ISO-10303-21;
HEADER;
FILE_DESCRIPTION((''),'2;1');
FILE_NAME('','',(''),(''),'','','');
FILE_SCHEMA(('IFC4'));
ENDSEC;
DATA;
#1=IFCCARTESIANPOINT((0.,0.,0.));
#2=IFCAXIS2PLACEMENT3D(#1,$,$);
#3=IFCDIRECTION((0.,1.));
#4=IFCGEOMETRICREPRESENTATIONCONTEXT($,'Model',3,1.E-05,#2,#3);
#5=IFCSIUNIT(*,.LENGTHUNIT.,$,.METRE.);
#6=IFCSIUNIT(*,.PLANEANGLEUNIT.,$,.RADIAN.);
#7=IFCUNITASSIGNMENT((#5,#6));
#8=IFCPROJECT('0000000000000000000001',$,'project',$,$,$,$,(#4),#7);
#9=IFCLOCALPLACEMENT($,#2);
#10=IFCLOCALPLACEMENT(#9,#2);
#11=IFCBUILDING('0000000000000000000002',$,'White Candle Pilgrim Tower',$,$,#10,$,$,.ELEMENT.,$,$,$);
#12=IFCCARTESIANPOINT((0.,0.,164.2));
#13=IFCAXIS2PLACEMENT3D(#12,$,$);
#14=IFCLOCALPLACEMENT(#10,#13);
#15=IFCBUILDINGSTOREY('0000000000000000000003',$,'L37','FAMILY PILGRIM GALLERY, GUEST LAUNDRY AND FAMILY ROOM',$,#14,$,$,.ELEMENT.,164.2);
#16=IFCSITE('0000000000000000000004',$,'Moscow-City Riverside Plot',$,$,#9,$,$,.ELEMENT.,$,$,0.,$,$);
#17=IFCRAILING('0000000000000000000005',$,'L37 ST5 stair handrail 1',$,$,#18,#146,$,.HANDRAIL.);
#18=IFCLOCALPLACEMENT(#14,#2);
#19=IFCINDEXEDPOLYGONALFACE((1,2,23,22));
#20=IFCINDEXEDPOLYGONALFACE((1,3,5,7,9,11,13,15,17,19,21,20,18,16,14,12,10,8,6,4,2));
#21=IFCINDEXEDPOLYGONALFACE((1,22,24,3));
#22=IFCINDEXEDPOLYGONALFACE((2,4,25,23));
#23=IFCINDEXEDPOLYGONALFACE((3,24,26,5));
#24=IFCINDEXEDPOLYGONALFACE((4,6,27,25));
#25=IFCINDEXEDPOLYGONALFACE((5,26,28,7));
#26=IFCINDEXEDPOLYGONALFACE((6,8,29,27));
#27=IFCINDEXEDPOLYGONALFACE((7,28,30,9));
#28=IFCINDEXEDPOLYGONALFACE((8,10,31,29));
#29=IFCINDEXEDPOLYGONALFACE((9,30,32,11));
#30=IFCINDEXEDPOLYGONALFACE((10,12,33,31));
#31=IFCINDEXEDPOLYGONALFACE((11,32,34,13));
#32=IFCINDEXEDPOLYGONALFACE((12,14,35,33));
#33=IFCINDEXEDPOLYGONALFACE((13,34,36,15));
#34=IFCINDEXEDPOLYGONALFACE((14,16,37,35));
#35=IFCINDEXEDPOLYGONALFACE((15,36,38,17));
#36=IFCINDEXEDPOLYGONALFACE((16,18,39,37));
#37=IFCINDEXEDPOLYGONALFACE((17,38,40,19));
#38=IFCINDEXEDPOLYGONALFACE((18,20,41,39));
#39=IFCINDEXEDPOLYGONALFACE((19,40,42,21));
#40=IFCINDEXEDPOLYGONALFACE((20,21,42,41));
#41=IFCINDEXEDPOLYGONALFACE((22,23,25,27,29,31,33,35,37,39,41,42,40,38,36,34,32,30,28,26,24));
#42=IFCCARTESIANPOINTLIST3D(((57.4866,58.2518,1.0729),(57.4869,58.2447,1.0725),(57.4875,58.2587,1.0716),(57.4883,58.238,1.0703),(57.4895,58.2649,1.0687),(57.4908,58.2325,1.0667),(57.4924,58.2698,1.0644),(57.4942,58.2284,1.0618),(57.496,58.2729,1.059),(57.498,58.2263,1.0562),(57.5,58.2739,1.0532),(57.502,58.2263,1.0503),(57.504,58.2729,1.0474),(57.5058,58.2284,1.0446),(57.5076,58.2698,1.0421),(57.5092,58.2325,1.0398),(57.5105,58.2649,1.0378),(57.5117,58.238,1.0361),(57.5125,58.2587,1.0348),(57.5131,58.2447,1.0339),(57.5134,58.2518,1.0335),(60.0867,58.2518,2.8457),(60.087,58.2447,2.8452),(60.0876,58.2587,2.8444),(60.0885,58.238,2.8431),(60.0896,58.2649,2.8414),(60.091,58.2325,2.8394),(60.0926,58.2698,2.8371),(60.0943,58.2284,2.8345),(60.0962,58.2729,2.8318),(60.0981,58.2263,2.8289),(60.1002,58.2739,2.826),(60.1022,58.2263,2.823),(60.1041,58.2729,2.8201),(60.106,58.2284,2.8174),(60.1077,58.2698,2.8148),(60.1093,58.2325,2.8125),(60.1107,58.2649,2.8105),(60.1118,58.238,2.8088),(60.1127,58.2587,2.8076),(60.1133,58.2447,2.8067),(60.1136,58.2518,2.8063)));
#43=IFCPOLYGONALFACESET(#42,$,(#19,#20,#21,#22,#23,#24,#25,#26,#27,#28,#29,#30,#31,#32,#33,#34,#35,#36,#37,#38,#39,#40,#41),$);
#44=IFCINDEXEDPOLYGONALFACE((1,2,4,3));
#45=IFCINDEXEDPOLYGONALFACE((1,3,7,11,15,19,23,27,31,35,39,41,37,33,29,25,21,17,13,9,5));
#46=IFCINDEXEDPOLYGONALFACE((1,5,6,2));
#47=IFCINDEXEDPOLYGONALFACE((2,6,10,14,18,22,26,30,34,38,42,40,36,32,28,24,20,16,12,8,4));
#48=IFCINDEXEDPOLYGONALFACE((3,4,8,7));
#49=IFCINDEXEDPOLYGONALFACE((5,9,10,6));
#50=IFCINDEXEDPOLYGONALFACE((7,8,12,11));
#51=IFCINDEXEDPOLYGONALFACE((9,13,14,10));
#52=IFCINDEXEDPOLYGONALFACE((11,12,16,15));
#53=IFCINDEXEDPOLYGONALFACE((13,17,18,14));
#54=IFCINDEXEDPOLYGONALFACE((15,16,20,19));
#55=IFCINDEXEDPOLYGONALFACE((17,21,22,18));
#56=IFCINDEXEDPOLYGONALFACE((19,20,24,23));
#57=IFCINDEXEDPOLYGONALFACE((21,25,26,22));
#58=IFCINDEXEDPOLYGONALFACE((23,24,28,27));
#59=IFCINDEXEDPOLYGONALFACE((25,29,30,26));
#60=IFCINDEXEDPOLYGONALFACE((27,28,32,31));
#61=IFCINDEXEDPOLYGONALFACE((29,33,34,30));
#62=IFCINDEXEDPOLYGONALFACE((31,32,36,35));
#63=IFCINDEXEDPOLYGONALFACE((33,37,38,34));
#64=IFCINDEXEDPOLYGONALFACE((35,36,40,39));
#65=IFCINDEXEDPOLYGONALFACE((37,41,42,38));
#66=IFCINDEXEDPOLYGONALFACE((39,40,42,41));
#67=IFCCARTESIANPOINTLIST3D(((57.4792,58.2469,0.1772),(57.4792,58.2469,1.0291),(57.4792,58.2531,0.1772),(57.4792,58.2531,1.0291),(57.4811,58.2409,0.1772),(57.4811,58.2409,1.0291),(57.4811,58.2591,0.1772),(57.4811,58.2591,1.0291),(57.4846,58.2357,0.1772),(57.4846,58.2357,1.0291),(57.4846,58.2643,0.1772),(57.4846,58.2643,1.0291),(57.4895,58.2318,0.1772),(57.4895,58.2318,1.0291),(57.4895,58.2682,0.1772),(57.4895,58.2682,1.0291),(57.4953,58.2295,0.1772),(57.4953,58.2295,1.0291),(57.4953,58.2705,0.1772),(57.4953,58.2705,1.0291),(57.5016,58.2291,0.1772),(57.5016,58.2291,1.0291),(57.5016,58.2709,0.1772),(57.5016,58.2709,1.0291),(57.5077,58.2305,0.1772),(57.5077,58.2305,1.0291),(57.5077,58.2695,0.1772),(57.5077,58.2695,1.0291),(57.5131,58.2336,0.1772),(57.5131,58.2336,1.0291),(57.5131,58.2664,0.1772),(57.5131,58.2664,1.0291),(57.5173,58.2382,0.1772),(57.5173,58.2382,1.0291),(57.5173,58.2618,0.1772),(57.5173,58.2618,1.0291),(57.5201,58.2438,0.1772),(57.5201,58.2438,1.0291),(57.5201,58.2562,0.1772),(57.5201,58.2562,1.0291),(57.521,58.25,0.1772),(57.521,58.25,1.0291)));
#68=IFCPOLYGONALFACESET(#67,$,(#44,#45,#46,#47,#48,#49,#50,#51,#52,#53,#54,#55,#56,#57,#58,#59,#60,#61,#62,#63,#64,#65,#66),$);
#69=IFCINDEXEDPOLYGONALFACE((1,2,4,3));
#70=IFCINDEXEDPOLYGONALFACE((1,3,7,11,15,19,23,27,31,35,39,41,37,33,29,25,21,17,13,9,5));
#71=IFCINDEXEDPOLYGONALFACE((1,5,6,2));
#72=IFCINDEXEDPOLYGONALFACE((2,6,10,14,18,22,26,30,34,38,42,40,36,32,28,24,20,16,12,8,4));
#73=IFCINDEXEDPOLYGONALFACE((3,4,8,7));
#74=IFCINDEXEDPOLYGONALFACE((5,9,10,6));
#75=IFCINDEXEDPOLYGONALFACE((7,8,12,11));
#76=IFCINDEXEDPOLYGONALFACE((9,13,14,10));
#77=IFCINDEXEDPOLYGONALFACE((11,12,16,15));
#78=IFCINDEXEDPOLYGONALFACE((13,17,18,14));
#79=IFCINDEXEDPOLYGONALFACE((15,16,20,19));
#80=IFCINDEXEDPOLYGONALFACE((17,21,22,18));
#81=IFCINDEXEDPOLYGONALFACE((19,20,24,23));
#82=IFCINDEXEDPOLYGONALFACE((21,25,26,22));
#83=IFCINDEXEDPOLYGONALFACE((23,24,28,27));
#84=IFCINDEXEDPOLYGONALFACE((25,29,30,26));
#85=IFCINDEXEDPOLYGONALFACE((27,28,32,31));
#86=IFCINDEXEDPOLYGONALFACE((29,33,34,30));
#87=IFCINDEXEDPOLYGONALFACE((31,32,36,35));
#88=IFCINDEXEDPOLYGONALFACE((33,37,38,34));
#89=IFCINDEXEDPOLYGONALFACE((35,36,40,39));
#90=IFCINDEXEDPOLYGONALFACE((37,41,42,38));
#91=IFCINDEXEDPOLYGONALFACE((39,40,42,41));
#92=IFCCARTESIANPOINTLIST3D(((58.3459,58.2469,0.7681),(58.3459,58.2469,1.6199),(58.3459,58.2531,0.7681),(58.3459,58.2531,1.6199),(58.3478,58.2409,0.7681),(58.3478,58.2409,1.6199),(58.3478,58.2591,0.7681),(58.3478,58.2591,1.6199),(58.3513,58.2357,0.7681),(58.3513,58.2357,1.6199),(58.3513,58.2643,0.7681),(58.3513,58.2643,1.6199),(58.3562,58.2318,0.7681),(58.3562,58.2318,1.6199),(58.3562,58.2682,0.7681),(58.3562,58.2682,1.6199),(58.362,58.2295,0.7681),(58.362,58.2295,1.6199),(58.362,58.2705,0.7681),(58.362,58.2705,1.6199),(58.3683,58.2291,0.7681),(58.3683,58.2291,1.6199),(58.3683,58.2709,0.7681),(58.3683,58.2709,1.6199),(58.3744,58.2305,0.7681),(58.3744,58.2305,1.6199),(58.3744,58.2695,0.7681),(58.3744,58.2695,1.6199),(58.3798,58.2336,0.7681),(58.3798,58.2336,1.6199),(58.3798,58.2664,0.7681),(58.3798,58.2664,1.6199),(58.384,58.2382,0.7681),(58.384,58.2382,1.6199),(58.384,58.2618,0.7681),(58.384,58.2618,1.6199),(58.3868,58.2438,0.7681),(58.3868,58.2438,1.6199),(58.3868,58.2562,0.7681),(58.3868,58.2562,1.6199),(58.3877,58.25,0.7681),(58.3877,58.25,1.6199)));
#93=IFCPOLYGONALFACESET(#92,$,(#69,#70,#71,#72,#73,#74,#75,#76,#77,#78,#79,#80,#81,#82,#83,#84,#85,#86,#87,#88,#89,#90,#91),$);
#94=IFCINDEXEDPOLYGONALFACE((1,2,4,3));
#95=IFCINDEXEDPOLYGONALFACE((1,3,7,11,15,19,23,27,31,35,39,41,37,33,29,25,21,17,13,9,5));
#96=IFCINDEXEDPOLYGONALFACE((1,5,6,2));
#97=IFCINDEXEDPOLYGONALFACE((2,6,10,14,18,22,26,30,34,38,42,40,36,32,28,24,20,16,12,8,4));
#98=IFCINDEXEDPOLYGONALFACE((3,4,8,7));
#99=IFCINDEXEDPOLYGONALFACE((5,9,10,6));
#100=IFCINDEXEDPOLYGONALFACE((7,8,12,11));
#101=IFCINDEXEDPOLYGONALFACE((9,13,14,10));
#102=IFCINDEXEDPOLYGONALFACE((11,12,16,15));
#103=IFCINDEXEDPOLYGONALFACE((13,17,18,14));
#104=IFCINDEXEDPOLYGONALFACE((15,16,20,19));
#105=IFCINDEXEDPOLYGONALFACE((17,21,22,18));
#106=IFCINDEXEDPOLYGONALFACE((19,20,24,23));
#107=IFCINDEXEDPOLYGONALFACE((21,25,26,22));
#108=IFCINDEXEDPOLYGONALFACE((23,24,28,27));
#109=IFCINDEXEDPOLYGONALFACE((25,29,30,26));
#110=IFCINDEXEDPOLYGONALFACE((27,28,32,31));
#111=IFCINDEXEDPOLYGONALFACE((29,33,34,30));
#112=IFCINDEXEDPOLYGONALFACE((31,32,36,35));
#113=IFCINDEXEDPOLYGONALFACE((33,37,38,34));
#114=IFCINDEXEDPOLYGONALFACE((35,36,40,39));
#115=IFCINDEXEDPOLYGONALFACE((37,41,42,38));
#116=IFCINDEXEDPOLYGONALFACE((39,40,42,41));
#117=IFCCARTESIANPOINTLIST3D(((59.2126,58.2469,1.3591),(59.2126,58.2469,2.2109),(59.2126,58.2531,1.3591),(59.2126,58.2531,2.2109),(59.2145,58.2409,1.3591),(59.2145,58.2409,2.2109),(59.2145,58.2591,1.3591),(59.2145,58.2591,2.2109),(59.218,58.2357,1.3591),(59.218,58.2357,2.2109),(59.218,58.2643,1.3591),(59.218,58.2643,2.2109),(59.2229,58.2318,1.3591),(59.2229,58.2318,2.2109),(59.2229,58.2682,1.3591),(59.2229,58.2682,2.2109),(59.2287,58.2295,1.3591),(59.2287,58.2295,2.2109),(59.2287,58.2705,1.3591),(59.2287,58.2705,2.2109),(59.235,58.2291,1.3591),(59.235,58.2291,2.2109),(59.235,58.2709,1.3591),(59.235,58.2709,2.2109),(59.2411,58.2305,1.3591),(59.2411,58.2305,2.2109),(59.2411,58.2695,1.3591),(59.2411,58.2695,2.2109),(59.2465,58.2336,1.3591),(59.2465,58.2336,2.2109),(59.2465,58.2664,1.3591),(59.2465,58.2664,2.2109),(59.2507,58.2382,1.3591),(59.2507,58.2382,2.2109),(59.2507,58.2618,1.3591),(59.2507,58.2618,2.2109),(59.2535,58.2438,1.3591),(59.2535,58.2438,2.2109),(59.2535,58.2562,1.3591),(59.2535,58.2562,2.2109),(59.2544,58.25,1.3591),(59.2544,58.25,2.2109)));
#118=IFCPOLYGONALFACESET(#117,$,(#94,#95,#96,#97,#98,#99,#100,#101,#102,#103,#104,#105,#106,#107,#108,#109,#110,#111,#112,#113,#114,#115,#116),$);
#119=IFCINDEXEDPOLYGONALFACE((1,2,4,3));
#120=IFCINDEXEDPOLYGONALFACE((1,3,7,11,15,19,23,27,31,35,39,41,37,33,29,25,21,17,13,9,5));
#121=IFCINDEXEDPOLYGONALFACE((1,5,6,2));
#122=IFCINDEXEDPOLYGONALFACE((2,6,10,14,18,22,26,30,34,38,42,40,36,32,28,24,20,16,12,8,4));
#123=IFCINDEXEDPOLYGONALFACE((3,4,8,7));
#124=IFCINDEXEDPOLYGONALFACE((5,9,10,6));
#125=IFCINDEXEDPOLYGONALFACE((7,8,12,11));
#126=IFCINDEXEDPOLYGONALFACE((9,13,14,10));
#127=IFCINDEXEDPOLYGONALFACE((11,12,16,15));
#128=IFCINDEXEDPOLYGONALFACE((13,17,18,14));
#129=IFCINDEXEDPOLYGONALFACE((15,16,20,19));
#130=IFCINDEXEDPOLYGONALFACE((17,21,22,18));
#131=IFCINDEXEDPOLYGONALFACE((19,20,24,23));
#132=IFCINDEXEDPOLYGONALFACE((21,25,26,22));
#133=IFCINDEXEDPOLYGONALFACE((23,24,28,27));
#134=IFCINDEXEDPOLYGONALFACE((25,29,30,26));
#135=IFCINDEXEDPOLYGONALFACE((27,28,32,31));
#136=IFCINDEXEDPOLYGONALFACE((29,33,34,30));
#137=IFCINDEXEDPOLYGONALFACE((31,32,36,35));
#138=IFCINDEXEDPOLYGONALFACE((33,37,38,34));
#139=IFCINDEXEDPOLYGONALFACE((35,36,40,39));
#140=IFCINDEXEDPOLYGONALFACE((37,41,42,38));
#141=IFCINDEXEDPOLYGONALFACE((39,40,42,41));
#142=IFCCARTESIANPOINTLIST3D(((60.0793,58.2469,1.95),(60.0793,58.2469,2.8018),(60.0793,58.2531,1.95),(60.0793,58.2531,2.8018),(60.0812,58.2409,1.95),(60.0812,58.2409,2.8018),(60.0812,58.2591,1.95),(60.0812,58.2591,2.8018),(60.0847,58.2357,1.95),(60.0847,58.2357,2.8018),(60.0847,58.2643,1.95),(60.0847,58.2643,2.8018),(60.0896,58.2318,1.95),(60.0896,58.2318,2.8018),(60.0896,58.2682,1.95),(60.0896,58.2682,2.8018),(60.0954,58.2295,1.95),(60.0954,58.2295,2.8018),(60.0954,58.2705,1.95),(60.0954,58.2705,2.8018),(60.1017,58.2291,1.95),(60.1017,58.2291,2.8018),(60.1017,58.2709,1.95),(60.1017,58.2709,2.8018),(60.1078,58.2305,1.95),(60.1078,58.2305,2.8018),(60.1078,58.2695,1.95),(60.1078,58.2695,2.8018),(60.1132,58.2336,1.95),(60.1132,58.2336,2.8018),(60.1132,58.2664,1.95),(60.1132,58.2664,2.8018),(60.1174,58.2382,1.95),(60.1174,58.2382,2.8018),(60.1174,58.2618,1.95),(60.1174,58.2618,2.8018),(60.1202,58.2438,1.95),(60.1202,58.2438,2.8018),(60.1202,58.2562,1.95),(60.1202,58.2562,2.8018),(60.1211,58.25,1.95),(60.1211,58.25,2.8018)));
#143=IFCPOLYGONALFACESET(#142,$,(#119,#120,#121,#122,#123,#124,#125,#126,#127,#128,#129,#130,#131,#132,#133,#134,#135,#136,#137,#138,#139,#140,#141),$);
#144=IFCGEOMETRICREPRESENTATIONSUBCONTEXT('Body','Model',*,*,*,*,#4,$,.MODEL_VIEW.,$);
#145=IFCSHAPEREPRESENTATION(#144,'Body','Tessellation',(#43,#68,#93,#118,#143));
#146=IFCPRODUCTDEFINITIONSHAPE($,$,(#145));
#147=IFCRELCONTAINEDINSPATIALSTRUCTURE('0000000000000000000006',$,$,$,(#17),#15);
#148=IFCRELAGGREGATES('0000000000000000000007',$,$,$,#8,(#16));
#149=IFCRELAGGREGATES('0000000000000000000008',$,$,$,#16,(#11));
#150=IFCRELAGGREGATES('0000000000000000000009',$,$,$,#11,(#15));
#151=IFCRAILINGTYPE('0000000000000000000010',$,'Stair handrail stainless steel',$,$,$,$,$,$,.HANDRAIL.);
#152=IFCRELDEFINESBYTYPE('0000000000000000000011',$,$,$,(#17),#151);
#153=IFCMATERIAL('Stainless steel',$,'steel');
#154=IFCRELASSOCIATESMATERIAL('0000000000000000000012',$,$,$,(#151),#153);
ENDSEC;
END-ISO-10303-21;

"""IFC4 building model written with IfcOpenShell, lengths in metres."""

from ifc_helpers import new_model, si_unit, direction, frame, origin, origin_2d, place, context, subcontext, project, spatial, circle, extrude, material, type_object, element, save


model = new_model("IFC4")

# Units and contexts
model_context = context("Model", 3, precision=1e-05, world=origin(), true_north=direction((0.0, 1.0)))
body_context = subcontext(model_context, "Body", "Model", "MODEL_VIEW")
ifc_project = project(units=[si_unit("LENGTHUNIT", "METRE"), si_unit("PLANEANGLEUNIT", "RADIAN")], contexts=[model_context])

# Site, building, storey
site_placement = place(None, origin())
site = spatial("IfcSite", under=ifc_project, at=site_placement, Name="Moscow-City Riverside Plot", CompositionType="ELEMENT", RefElevation=0.0)
building_placement = place(site_placement, origin())
building = spatial("IfcBuilding", under=site, at=building_placement, Name="White Candle Pilgrim Tower", CompositionType="ELEMENT")
storey_placement = place(building_placement, frame((0.0, 0.0, 164.2)))
storey = spatial("IfcBuildingStorey", under=building, at=storey_placement, Name="L37", Description="FAMILY PILGRIM GALLERY, GUEST LAUNDRY AND FAMILY ROOM", CompositionType="ELEMENT", Elevation=164.2)

# Railing
ifc_material_1 = material(Name="Stainless steel", Category="steel")
railing_type_1 = type_object("IfcRailingType", Name="Stair handrail stainless steel", PredefinedType="HANDRAIL", material=ifc_material_1)
railing_1_placement = place(storey_placement, frame((57.5, 58.25, 0.1772)))
element("IfcRailing", 1, at=railing_1_placement, inside=storey, type_object=railing_type_1, Name="L37 ST5 stair handrail 1", PredefinedType="HANDRAIL", context=body_context, shape_type="SweptSolid", body=[
    extrude(circle(Radius=0.0239, at=origin_2d()), frame((0.0, 0.0, 0.876), z_axis=(0.82624, 0.0, 0.563318), x_axis=(0.0, 1.0, 0.0)), (0.0, 0.0, 1.0), 3.147),
    extrude(circle(Radius=0.021, at=origin_2d()), origin(), (0.0, 0.0, 1.0), 0.8518),
    extrude(circle(Radius=0.021, at=origin_2d()), frame((0.8667, 0.0, 0.5908)), (0.0, 0.0, 1.0), 0.8518),
    extrude(circle(Radius=0.021, at=origin_2d()), frame((1.7334, 0.0, 1.1819)), (0.0, 0.0, 1.0), 0.8518),
    extrude(circle(Radius=0.021, at=origin_2d()), frame((2.6001, 0.0, 1.7727)), (0.0, 0.0, 1.0), 0.8518),
])

save(model, "model.ifc")
